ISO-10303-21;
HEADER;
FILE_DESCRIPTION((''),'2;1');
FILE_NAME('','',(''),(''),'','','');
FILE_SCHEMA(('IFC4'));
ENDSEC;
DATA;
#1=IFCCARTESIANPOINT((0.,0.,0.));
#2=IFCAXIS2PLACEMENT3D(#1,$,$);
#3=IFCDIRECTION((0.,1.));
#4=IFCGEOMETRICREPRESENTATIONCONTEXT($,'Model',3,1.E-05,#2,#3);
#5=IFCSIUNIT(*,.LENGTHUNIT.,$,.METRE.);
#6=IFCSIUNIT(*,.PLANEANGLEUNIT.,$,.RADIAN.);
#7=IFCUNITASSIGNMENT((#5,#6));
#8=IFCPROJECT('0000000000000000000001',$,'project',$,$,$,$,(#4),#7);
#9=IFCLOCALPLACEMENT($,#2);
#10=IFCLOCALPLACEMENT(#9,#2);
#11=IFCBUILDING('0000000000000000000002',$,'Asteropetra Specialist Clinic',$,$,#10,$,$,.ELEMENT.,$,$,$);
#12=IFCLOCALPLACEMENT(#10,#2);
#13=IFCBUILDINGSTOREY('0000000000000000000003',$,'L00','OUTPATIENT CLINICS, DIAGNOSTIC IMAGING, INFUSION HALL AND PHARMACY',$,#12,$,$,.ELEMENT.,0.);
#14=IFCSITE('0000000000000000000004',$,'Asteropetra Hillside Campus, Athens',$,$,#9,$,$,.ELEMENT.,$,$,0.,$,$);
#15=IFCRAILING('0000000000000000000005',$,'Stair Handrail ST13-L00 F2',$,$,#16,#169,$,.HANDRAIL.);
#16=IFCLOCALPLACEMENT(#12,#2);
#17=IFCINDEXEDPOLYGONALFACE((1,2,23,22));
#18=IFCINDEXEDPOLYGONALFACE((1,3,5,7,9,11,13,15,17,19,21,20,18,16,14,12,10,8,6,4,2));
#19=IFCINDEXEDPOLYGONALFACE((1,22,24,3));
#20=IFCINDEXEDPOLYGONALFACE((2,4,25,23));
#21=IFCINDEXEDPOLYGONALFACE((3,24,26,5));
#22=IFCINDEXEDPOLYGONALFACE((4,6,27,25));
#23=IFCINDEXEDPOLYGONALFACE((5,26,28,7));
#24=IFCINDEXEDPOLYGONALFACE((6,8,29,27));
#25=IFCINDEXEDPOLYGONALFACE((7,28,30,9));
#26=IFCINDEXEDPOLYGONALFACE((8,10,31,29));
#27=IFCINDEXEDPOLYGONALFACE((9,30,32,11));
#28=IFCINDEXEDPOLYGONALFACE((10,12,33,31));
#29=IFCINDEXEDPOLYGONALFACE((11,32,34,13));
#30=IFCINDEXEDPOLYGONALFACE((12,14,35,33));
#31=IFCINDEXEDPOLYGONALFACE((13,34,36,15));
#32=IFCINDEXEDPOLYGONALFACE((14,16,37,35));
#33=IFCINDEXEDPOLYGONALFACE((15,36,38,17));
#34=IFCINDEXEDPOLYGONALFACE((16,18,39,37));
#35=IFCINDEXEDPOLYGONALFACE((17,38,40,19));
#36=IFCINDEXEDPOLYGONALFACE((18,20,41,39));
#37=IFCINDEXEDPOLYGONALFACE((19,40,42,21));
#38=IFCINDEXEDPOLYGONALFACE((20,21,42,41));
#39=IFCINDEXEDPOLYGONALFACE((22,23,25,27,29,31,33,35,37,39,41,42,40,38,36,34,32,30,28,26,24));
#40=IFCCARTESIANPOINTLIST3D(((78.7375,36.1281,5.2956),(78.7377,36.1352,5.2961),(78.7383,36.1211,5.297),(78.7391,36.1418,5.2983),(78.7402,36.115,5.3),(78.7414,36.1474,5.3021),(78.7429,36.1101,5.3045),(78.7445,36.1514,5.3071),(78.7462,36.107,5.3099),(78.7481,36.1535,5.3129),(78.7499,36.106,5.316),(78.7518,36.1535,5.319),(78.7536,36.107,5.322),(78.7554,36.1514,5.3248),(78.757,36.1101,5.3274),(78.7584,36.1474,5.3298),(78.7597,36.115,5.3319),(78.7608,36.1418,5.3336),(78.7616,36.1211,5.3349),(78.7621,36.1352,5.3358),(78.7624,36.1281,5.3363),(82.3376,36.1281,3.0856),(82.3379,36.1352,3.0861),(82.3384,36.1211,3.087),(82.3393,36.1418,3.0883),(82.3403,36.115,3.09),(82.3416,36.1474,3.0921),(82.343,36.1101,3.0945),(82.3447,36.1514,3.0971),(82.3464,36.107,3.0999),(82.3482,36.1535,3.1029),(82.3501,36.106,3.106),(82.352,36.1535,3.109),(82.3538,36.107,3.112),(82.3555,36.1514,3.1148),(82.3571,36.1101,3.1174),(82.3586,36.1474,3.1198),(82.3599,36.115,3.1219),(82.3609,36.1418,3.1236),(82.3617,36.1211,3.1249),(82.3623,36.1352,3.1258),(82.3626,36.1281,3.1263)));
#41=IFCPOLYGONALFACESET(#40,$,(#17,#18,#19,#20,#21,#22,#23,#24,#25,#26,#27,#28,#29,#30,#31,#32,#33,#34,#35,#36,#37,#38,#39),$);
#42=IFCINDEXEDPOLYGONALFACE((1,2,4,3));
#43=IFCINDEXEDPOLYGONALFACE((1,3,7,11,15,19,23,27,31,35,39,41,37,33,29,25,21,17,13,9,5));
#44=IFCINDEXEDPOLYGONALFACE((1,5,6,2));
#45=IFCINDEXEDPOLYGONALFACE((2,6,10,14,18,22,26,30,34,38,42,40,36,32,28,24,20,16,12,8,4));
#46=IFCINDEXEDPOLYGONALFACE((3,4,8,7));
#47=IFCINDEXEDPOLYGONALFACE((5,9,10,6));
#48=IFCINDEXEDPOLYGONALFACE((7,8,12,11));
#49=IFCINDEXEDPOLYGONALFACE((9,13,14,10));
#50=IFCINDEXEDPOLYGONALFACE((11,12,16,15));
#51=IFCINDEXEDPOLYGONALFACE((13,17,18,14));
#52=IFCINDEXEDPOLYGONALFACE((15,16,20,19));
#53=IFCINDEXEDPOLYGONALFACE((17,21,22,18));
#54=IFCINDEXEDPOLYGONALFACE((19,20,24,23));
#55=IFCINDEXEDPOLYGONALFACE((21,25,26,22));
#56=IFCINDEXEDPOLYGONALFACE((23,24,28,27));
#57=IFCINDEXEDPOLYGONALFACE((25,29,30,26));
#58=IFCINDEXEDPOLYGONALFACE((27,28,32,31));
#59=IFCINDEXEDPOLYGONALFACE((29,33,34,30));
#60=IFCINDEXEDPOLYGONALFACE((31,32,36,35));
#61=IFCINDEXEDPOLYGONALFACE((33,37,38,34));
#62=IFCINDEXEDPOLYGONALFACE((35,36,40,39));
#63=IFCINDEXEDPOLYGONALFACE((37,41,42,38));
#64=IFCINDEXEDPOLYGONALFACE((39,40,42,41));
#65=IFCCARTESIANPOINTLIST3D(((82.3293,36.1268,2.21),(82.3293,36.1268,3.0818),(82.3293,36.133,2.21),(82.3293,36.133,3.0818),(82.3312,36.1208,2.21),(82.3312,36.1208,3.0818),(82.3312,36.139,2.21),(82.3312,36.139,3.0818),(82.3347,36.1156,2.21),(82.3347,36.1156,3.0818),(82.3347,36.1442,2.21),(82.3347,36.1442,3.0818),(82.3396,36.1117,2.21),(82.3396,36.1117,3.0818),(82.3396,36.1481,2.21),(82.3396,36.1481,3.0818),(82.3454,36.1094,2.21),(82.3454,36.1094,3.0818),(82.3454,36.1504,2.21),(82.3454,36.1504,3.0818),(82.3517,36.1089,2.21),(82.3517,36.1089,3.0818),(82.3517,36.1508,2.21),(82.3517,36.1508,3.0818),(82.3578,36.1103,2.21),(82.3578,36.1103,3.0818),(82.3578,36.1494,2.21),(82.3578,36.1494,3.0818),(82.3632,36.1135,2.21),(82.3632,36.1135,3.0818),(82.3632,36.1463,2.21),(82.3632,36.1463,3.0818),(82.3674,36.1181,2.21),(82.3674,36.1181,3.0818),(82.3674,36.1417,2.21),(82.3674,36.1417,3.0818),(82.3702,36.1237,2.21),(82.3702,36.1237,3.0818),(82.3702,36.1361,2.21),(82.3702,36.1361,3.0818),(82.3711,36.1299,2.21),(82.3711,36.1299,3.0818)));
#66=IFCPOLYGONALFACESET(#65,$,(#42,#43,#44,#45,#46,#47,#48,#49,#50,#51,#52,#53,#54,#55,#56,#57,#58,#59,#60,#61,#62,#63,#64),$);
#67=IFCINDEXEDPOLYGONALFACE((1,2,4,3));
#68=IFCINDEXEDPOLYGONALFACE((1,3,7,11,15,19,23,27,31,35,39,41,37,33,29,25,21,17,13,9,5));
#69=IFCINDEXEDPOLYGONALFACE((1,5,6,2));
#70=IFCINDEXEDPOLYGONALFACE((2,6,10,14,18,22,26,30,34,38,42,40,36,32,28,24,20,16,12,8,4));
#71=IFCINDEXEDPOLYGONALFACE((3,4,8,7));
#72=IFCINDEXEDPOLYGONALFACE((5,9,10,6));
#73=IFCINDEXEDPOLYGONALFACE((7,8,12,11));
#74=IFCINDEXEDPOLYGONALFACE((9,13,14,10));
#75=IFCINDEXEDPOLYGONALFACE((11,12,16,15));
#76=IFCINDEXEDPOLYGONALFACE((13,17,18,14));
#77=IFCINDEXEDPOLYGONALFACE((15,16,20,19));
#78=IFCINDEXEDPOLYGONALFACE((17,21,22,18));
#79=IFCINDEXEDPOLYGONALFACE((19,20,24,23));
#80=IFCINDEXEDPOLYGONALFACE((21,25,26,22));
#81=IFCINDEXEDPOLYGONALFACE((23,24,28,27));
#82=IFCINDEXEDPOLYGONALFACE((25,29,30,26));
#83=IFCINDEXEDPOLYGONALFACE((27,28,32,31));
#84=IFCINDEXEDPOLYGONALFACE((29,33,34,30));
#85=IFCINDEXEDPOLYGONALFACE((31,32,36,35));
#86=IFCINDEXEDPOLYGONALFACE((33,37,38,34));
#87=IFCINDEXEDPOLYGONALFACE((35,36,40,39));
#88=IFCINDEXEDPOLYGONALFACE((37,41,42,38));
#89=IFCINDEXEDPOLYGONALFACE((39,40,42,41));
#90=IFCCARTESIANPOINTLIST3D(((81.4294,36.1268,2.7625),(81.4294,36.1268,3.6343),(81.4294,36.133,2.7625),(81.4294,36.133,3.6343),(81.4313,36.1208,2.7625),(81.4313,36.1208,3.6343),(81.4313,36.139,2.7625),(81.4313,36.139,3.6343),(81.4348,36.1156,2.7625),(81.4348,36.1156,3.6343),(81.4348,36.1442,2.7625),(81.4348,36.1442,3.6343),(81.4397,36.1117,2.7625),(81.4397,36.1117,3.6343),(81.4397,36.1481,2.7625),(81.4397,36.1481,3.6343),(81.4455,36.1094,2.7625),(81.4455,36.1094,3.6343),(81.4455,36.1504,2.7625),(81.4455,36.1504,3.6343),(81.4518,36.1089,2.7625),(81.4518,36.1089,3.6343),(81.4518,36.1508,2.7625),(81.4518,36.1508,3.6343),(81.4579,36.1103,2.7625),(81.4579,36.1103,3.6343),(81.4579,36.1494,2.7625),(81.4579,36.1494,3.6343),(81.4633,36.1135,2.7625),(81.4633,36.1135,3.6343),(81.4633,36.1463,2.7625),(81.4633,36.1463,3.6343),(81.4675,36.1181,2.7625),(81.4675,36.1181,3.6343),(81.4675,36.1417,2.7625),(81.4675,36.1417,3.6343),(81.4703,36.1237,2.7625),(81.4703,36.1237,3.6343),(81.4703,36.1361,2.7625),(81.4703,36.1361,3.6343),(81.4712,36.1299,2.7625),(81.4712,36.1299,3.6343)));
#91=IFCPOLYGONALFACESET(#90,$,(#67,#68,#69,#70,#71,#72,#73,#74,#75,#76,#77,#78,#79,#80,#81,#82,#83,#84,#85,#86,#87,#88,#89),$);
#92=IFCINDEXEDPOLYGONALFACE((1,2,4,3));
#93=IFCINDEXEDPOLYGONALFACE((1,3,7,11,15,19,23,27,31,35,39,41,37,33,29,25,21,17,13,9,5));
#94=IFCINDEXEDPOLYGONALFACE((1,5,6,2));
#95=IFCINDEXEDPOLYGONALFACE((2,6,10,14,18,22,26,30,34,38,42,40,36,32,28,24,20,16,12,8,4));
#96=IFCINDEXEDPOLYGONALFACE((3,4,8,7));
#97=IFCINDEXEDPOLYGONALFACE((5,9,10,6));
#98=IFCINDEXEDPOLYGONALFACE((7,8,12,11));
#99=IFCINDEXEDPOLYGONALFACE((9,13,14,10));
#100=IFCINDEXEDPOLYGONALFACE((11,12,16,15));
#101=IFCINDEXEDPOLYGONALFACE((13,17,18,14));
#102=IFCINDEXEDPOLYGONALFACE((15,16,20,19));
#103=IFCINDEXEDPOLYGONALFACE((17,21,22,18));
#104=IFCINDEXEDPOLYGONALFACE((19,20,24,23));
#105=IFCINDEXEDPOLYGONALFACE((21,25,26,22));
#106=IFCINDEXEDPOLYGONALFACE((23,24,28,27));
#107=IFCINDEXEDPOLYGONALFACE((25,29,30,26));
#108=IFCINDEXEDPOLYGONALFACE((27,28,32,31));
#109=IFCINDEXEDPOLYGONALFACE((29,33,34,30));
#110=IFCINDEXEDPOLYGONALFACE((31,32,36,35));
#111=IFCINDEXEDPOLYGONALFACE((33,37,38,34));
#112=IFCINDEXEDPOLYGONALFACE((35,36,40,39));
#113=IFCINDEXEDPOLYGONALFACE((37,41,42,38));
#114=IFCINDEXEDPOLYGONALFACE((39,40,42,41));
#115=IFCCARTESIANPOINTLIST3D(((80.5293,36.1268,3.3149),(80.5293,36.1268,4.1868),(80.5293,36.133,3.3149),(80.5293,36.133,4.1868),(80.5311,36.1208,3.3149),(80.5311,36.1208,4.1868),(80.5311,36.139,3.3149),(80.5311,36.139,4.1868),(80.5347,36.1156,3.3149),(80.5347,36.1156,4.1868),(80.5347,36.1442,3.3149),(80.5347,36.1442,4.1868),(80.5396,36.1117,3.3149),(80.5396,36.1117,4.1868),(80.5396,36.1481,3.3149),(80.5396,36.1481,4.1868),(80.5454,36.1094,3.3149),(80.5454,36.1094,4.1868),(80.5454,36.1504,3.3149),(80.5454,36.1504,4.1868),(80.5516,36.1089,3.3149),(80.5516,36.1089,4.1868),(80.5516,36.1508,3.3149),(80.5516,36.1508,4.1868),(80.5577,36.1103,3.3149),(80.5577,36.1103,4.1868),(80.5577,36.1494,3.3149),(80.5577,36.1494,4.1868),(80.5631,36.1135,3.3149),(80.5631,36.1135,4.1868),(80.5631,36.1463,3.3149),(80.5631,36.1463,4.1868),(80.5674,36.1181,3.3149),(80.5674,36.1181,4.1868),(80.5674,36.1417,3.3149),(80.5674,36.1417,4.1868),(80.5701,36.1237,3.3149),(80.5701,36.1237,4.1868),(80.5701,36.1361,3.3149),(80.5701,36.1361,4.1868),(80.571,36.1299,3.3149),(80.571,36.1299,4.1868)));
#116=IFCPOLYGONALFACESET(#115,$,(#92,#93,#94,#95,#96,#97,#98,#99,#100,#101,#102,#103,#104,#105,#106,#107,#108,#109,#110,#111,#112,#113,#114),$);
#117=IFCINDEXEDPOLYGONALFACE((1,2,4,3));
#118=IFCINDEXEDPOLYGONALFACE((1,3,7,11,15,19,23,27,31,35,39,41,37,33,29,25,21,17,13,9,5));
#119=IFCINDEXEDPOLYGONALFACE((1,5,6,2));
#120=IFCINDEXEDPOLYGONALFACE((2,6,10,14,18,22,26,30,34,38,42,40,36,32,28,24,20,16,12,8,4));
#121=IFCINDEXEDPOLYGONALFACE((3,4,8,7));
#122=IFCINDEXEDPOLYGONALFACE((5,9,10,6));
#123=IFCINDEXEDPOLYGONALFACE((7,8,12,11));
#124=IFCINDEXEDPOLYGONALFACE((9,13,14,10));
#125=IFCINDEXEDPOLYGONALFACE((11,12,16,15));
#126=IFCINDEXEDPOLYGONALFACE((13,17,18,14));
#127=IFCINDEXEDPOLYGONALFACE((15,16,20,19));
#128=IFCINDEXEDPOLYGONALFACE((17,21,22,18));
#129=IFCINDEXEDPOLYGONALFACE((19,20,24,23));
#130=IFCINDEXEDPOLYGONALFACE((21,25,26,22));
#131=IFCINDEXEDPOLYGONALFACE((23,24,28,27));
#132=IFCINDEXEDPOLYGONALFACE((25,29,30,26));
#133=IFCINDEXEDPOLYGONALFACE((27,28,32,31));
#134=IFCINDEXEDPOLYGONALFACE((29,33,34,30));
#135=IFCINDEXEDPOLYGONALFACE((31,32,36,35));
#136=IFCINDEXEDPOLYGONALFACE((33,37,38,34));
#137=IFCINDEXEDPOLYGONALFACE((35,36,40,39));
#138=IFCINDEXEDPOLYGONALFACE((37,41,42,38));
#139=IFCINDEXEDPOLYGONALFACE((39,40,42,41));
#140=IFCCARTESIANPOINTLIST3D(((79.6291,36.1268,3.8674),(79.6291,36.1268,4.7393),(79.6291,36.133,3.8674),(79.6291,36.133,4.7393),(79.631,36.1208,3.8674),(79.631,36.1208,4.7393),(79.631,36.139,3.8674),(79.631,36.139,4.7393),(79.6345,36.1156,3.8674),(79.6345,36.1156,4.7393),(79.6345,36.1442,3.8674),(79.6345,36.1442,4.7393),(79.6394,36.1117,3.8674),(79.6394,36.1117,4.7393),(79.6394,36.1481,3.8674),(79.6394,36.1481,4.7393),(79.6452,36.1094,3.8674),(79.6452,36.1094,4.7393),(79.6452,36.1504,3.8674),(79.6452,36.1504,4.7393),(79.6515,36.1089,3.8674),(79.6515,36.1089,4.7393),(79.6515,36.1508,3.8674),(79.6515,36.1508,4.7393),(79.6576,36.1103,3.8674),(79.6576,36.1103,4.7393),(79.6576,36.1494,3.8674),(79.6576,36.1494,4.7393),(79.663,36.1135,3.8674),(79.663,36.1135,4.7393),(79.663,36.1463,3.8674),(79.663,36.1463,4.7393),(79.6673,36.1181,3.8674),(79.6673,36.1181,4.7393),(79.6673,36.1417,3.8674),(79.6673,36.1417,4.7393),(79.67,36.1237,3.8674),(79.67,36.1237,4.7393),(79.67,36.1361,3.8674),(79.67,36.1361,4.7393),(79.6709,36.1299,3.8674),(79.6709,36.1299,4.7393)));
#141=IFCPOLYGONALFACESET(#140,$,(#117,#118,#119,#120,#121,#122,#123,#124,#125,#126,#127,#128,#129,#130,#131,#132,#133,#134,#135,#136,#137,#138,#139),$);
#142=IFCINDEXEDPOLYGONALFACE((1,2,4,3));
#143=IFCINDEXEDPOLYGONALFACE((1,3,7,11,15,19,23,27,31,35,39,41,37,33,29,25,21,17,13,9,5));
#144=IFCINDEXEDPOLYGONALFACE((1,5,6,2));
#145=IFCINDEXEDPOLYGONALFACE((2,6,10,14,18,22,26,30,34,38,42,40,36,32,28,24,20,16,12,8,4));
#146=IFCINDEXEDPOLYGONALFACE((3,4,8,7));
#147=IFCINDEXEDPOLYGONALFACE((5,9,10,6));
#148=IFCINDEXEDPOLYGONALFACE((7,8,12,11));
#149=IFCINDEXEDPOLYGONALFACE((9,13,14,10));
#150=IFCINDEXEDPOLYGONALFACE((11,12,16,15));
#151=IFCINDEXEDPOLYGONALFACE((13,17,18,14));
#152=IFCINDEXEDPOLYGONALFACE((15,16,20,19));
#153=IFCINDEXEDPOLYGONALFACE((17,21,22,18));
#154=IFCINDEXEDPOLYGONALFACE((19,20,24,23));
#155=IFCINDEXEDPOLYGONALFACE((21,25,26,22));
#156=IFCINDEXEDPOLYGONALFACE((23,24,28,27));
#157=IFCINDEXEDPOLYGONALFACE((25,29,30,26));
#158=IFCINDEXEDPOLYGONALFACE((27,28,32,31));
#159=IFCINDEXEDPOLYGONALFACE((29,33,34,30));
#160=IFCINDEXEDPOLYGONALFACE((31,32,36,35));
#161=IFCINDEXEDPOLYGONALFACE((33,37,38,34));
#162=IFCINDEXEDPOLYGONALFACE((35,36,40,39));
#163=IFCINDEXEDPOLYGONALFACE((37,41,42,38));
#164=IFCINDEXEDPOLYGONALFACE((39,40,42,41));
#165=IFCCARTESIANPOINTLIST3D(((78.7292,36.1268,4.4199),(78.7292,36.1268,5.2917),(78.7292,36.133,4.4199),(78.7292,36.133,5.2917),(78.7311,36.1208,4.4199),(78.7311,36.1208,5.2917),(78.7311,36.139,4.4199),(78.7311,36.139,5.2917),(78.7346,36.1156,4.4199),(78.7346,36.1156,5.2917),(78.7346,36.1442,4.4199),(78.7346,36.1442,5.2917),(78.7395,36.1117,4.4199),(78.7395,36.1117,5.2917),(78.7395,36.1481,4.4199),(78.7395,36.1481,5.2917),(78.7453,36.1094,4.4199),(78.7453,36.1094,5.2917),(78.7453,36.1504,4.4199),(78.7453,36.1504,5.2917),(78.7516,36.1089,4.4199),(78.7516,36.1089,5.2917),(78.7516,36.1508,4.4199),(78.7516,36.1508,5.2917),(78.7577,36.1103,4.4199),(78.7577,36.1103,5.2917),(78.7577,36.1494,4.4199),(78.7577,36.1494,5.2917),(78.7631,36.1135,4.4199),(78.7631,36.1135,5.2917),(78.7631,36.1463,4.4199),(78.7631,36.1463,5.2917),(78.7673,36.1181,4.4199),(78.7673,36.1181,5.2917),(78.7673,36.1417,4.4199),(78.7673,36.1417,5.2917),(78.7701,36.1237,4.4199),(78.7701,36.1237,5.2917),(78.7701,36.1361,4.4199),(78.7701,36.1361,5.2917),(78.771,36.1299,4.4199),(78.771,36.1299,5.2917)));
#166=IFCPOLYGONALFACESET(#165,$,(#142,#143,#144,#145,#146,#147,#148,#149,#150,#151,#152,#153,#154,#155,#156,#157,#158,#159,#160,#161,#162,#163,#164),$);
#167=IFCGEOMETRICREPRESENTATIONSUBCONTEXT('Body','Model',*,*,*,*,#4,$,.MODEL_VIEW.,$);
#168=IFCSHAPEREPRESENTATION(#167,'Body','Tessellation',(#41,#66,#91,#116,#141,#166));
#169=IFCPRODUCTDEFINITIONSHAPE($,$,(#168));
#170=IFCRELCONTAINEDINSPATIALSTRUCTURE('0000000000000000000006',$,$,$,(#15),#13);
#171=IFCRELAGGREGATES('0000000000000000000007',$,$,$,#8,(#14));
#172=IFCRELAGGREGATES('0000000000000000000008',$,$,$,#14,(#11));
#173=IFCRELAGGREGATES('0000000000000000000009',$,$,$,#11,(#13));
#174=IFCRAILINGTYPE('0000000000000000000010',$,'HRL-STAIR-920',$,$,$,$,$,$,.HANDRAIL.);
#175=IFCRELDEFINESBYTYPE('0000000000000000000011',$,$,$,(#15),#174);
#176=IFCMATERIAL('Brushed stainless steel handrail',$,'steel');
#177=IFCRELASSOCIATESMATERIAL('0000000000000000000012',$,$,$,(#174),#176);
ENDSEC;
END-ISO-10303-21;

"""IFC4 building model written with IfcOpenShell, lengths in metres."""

from ifc_helpers import new_model, si_unit, direction, frame, origin, origin_2d, place, context, subcontext, project, spatial, circle, extrude, material, type_object, element, save


model = new_model("IFC4")

# Units and contexts
model_context = context("Model", 3, precision=1e-05, world=origin(), true_north=direction((0.0, 1.0)))
body_context = subcontext(model_context, "Body", "Model", "MODEL_VIEW")
ifc_project = project(units=[si_unit("LENGTHUNIT", "METRE"), si_unit("PLANEANGLEUNIT", "RADIAN")], contexts=[model_context])

# Site, building, storey
site_placement = place(None, origin())
site = spatial("IfcSite", under=ifc_project, at=site_placement, Name="Asteropetra Hillside Campus, Athens", CompositionType="ELEMENT", RefElevation=0.0)
building_placement = place(site_placement, origin())
building = spatial("IfcBuilding", under=site, at=building_placement, Name="Asteropetra Specialist Clinic", CompositionType="ELEMENT")
storey_placement = place(building_placement, origin())
storey = spatial("IfcBuildingStorey", under=building, at=storey_placement, Name="L00", Description="OUTPATIENT CLINICS, DIAGNOSTIC IMAGING, INFUSION HALL AND PHARMACY", CompositionType="ELEMENT", Elevation=0.0)

# Railing
ifc_material_1 = material(Name="Brushed stainless steel handrail", Category="steel")
railing_type_1 = type_object("IfcRailingType", Name="HRL-STAIR-920", PredefinedType="HANDRAIL", material=ifc_material_1)
railing_1_placement = place(storey_placement, frame((82.3501, 36.1299, 2.21)))
element("IfcRailing", 1, at=railing_1_placement, inside=storey, type_object=railing_type_1, Name="Stair Handrail ST13-L00 F2", PredefinedType="HANDRAIL", context=body_context, shape_type="SweptSolid", body=[
    extrude(circle(Radius=0.0239, at=origin_2d()), frame((0.0, 0.0, 0.896), z_axis=(-0.852237, 0.0, 0.523156), x_axis=(0.0, -1.0, 0.0)), (0.0, 0.0, 1.0), 4.2244),
    extrude(circle(Radius=0.021, at=origin_2d()), origin(), (0.0, 0.0, 1.0), 0.8718),
    extrude(circle(Radius=0.021, at=origin_2d()), frame((-0.8999, 0.0, 0.5525)), (0.0, 0.0, 1.0), 0.8718),
    extrude(circle(Radius=0.021, at=origin_2d()), frame((-1.8, 0.0, 1.105)), (0.0, 0.0, 1.0), 0.8718),
    extrude(circle(Radius=0.021, at=origin_2d()), frame((-2.7002, 0.0, 1.6575)), (0.0, 0.0, 1.0), 0.8718),
    extrude(circle(Radius=0.021, at=origin_2d()), frame((-3.6001, 0.0, 2.21)), (0.0, 0.0, 1.0), 0.8718),
])

save(model, "model.ifc")
